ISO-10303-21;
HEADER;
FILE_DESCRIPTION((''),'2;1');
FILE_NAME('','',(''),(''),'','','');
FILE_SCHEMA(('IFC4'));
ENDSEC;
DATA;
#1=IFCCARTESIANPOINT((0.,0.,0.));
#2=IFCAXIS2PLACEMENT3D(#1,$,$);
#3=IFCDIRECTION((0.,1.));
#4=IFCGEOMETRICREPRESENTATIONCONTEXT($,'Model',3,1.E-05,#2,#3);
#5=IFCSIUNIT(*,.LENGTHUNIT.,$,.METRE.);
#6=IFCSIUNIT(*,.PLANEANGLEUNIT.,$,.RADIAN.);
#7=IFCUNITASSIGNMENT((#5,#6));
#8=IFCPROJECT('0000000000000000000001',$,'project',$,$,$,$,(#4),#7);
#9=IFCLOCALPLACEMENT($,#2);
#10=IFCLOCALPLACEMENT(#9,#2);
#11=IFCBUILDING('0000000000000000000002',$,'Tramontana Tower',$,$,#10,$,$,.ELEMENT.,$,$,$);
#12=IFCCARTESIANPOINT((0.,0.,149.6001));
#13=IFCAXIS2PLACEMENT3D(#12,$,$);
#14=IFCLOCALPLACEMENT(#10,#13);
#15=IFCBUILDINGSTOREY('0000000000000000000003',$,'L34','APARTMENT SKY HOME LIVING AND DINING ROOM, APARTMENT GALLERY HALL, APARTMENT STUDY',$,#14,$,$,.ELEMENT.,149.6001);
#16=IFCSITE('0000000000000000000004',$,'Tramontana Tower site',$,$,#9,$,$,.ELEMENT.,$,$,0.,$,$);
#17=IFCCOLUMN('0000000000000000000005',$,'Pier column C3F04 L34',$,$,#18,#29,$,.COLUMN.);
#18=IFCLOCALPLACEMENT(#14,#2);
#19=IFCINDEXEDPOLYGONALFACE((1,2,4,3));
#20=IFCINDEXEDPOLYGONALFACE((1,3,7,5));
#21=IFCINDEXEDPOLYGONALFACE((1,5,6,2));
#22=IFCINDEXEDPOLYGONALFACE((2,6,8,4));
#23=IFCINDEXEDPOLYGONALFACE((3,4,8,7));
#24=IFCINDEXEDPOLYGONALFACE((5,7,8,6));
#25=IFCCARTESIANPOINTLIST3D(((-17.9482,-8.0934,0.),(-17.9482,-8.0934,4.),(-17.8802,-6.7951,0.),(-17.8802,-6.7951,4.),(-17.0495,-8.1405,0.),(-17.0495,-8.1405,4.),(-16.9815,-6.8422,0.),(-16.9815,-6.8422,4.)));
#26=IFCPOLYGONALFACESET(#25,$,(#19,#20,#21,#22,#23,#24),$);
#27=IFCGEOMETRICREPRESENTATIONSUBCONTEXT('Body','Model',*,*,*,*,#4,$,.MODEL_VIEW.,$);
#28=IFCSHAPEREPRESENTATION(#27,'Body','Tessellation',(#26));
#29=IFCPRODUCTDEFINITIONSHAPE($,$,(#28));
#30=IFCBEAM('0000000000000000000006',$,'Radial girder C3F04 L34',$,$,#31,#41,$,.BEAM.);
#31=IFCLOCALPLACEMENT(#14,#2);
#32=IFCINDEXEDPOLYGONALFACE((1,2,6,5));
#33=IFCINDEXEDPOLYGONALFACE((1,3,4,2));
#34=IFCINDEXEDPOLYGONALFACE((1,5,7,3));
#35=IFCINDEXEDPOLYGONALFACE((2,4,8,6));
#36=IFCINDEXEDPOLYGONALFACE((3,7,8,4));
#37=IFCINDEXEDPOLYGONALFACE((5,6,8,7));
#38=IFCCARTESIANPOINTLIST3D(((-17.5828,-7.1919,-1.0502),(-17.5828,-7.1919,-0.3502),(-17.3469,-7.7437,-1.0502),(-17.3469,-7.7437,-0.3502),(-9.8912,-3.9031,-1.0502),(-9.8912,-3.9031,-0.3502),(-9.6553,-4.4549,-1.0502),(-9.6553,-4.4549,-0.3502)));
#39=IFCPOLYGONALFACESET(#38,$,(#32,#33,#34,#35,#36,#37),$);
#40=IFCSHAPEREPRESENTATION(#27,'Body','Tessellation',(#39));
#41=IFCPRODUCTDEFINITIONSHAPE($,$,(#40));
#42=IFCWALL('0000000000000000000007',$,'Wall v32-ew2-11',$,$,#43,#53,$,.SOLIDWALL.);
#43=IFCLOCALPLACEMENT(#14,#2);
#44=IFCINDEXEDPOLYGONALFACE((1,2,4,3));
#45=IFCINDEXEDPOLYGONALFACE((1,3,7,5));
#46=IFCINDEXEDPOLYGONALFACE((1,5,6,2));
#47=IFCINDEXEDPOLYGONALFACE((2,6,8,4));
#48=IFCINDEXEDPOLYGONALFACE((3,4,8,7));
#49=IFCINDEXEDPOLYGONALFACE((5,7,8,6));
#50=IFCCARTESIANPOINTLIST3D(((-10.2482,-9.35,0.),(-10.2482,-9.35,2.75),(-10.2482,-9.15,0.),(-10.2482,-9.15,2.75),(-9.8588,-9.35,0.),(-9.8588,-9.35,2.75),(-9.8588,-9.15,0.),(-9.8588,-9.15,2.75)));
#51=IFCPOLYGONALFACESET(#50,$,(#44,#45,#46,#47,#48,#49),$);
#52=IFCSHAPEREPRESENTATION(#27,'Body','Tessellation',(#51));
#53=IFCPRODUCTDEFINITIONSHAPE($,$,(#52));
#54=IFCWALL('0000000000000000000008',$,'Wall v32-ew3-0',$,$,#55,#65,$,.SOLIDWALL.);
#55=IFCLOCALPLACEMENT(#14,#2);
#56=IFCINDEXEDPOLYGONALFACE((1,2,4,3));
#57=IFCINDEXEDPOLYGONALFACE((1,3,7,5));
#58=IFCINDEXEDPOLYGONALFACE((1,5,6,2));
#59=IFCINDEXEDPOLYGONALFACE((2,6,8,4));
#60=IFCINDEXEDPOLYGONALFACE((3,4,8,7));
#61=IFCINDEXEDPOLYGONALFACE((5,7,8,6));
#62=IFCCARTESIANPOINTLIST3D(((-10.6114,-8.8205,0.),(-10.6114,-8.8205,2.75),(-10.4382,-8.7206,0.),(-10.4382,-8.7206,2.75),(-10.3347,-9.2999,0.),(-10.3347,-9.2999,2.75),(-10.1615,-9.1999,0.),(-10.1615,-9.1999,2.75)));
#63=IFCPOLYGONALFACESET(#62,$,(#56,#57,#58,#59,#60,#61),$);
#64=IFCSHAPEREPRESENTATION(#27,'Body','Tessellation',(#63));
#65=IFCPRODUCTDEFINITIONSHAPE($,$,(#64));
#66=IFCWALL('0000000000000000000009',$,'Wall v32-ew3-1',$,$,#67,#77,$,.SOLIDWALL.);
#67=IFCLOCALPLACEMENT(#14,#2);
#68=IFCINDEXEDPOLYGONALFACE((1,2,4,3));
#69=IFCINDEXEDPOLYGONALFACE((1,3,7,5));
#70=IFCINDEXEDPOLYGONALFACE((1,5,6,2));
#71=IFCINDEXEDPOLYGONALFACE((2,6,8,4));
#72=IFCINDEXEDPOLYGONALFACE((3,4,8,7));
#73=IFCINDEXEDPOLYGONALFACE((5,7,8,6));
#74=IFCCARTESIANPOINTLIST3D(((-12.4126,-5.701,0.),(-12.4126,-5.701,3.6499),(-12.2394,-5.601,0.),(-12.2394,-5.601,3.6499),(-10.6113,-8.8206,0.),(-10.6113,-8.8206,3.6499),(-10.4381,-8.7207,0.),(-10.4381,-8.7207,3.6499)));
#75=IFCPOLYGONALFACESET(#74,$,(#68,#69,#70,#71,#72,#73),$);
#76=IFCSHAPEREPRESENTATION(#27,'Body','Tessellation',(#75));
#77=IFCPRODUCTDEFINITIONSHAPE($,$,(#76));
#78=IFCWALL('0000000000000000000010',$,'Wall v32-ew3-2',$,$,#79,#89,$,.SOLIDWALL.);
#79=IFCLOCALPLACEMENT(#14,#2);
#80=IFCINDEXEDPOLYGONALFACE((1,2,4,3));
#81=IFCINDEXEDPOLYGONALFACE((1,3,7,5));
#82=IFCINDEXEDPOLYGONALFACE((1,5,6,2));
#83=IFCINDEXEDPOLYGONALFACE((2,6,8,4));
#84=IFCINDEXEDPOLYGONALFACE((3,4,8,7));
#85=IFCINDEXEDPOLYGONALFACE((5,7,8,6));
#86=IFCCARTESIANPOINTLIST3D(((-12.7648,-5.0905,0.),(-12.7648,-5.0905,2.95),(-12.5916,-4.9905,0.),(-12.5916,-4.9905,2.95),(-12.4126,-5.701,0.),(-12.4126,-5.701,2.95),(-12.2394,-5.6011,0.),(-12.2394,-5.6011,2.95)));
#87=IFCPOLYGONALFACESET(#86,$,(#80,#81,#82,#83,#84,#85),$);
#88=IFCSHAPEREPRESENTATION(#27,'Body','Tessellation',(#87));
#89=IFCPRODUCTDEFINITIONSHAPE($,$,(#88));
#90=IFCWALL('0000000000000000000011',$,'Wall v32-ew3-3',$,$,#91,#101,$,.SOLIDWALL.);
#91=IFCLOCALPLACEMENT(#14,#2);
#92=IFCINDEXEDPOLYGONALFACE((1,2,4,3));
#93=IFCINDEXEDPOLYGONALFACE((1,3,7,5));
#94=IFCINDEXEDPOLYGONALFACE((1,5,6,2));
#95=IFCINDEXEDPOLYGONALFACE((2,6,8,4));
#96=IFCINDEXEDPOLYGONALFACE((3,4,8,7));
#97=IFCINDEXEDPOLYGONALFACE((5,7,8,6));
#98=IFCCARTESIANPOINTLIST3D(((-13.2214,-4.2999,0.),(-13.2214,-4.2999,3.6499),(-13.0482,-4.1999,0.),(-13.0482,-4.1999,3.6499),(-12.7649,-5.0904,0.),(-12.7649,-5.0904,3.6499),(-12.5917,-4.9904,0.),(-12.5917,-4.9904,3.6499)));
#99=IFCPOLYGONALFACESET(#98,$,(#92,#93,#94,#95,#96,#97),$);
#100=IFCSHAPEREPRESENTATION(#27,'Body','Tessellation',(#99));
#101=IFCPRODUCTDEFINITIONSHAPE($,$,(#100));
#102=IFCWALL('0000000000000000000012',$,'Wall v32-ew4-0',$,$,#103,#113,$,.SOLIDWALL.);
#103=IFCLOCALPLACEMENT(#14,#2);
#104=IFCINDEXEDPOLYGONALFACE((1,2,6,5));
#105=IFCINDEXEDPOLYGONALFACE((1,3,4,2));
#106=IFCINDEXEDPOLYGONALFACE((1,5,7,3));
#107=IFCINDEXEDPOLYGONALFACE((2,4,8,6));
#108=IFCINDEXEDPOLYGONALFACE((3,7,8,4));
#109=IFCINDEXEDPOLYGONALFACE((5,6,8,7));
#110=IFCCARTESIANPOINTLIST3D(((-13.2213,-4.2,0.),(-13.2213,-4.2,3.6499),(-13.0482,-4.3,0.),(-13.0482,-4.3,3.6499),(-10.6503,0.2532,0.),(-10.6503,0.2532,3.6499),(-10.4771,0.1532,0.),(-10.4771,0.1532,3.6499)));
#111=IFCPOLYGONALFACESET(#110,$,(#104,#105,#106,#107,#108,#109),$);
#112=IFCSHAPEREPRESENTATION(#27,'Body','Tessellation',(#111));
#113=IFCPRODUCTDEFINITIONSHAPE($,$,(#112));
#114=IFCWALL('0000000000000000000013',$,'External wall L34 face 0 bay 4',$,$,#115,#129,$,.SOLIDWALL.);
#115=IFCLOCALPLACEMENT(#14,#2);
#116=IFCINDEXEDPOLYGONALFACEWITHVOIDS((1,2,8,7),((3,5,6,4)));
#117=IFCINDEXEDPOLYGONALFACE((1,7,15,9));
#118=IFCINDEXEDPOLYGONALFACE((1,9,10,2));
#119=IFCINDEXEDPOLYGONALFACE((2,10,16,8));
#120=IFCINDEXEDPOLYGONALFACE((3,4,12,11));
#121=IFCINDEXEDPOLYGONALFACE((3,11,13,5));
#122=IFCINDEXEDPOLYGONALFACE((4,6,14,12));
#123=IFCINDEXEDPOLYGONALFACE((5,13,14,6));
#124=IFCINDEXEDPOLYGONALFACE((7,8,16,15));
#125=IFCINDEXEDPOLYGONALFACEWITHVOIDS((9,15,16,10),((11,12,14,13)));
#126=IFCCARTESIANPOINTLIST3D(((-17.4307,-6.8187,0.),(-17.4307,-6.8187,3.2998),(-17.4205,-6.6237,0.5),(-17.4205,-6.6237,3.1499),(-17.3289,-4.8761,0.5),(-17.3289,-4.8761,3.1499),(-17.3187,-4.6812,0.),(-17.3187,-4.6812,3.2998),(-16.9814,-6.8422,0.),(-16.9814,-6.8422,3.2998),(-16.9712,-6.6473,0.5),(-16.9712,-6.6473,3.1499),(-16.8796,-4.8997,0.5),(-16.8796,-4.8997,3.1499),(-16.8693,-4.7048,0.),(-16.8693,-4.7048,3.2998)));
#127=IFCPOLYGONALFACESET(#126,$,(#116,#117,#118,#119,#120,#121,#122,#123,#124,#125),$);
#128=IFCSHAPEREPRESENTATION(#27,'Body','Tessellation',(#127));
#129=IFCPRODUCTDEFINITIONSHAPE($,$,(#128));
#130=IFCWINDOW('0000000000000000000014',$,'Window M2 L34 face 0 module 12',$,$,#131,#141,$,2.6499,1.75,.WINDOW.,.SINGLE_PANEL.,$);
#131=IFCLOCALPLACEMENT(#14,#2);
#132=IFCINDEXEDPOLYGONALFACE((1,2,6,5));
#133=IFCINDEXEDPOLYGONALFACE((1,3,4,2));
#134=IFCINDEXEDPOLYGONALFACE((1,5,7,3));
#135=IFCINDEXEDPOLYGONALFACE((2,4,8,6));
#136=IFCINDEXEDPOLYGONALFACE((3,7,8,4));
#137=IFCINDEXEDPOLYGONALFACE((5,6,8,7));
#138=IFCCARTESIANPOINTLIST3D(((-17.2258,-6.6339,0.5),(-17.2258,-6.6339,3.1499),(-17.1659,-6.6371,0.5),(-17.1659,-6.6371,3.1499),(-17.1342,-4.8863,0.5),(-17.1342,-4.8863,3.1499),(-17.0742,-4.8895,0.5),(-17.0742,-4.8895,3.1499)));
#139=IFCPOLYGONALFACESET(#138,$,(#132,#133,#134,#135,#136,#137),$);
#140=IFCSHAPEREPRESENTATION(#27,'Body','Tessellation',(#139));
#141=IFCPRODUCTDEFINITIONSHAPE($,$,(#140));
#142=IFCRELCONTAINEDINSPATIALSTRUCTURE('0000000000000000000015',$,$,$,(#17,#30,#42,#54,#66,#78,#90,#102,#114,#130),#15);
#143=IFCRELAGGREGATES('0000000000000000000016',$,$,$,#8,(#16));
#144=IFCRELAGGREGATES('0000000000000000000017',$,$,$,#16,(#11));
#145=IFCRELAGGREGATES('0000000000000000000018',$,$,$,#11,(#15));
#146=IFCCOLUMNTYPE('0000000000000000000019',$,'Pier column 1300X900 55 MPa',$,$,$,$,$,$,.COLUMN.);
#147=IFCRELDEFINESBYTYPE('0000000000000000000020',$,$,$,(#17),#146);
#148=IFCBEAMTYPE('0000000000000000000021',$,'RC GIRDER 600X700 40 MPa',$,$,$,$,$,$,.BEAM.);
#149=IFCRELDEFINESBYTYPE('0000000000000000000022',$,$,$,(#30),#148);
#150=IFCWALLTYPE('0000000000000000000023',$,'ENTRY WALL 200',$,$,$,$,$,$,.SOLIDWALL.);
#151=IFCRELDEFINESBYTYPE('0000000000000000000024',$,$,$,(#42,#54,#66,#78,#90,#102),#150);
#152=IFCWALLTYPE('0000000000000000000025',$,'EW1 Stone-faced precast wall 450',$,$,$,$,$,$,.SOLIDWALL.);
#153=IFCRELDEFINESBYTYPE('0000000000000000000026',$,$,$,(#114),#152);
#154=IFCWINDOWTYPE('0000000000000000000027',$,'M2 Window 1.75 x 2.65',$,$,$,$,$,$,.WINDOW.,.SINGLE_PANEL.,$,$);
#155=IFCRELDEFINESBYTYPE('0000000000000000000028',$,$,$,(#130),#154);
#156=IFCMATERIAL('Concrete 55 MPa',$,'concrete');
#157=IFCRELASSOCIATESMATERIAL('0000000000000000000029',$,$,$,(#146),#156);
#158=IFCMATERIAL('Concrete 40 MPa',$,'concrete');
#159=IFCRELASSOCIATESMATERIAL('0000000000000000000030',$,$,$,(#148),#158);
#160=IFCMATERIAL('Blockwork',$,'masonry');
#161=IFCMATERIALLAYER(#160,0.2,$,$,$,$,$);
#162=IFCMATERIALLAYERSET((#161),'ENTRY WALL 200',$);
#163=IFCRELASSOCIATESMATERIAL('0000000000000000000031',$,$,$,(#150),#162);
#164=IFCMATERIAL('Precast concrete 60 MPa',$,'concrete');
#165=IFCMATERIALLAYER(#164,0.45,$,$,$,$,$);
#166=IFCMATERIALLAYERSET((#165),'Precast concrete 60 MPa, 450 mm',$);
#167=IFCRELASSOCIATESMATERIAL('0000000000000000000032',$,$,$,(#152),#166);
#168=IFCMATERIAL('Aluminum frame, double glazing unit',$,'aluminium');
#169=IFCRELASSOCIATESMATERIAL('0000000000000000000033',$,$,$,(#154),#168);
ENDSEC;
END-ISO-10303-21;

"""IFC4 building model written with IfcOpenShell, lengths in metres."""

from ifc_helpers import new_model, si_unit, direction, frame, frame_2d, origin, origin_2d, place, context, subcontext, project, spatial, rectangle, extrude, material, layer, layer_set, material_profile, profile_set, type_object, element, fill, save


model = new_model("IFC4")

# Units and contexts
model_context = context("Model", 3, precision=1e-05, world=origin(), true_north=direction((0.0, 1.0)))
body_context = subcontext(model_context, "Body", "Model", "MODEL_VIEW")
ifc_project = project(units=[si_unit("LENGTHUNIT", "METRE"), si_unit("PLANEANGLEUNIT", "RADIAN")], contexts=[model_context])

# Site, building, storey
site_placement = place(None, origin())
site = spatial("IfcSite", under=ifc_project, at=site_placement, Name="Tramontana Tower site", CompositionType="ELEMENT", RefElevation=0.0)
building_placement = place(site_placement, origin())
building = spatial("IfcBuilding", under=site, at=building_placement, Name="Tramontana Tower", CompositionType="ELEMENT")
storey_placement = place(building_placement, frame((0.0, 0.0, 149.6001)))
storey = spatial("IfcBuildingStorey", under=building, at=storey_placement, Name="L34", Description="APARTMENT SKY HOME LIVING AND DINING ROOM, APARTMENT GALLERY HALL, APARTMENT STUDY", CompositionType="ELEMENT", Elevation=149.6001)

# Column
ifc_material_1 = material(Name="Concrete 55 MPa", Category="concrete")
ifc_material_profile_1 = material_profile(ifc_material_1, rectangle(XDim=1.3, YDim=0.8999, at=origin_2d()), Name="Pier column 1300X900 55 MPa")
ifc_profile_set_1 = profile_set([ifc_material_profile_1], Name="Concrete 55 MPa")
column_type = type_object("IfcColumnType", Name="Pier column 1300X900 55 MPa", PredefinedType="COLUMN", material=ifc_profile_set_1)
column_placement = place(storey_placement, frame((-17.4648, -7.4678, 0.0), z_axis=(0.0, 0.0, 1.0), x_axis=(-0.052336, -0.99863, 0.0)))
element("IfcColumn", 1, at=column_placement, inside=storey, type_object=column_type, Name="Pier column C3F04 L34", PredefinedType="COLUMN", context=body_context, shape_type="SweptSolid", body=[
    extrude(rectangle(XDim=1.3, YDim=0.8999, at=origin_2d()), origin(), (0.0, 0.0, 1.0), 4.0),
])

# Beam
ifc_material_2 = material(Name="Concrete 40 MPa", Category="concrete")
ifc_material_profile_2 = material_profile(ifc_material_2, rectangle(XDim=0.6001, YDim=0.7, at=origin_2d()), Name="RC GIRDER 600X700 40 MPa")
ifc_profile_set_2 = profile_set([ifc_material_profile_2], Name="Concrete 40 MPa")
beam_type = type_object("IfcBeamType", Name="RC GIRDER 600X700 40 MPa", PredefinedType="BEAM", material=ifc_profile_set_2)
beam_placement = place(storey_placement, frame((-17.4648, -7.4678, -0.7002), z_axis=(0.919474, 0.393151, 0.0), x_axis=(-0.393151, 0.919474, 0.0)))
element("IfcBeam", 2, at=beam_placement, inside=storey, type_object=beam_type, Name="Radial girder C3F04 L34", PredefinedType="BEAM", context=body_context, shape_type="SweptSolid", body=[
    extrude(rectangle(XDim=0.6001, YDim=0.7, at=origin_2d()), origin(), (0.0, 0.0, 1.0), 8.3652),
])

# Walls
ifc_material_3 = material(Name="Blockwork", Category="masonry")
ifc_layer_1 = layer(ifc_material_3, 0.2)
ifc_layer_set_1 = layer_set([ifc_layer_1], Name="ENTRY WALL 200")
wall_type_1 = type_object("IfcWallType", Name="ENTRY WALL 200", PredefinedType="SOLIDWALL", material=ifc_layer_set_1)
wall_1_placement = place(storey_placement, frame((-9.8586, -9.25, 0.0), z_axis=(0.0, 0.0, 1.0), x_axis=(-1.0, 0.0, 0.0)))
element("IfcWall", 3, at=wall_1_placement, inside=storey, type_object=wall_type_1, Name="Wall v32-ew2-11", PredefinedType="SOLIDWALL", context=body_context, shape_type="SweptSolid", body=[
    extrude(rectangle(XDim=0.3894, YDim=0.2, at=frame_2d((0.1948, 0.0))), origin(), (0.0, 0.0, 1.0), 2.75),
])
wall_2_placement = place(storey_placement, frame((-10.248, -9.25, 0.0), z_axis=(0.0, 0.0, 1.0), x_axis=(-0.499888, 0.86609, 0.0)))
element("IfcWall", 4, at=wall_2_placement, inside=storey, type_object=wall_type_1, Name="Wall v32-ew3-0", PredefinedType="SOLIDWALL", context=body_context, shape_type="SweptSolid", body=[
    extrude(rectangle(XDim=0.5535, YDim=0.2, at=frame_2d((0.2769, 0.0))), origin(), (0.0, 0.0, 1.0), 2.75),
])
wall_3_placement = place(storey_placement, frame((-10.5247, -8.7708, 0.0), z_axis=(0.0, 0.0, 1.0), x_axis=(-0.500031, 0.866007, 0.0)))
element("IfcWall", 5, at=wall_3_placement, inside=storey, type_object=wall_type_1, Name="Wall v32-ew3-1", PredefinedType="SOLIDWALL", context=body_context, shape_type="SweptSolid", body=[
    extrude(rectangle(XDim=3.6023, YDim=0.2, at=frame_2d((1.8013, 0.0))), origin(), (0.0, 0.0, 1.0), 3.6499),
])
wall_4_placement = place(storey_placement, frame((-12.3259, -5.6511, 0.0), z_axis=(0.0, 0.0, 1.0), x_axis=(-0.499752, 0.866168, 0.0)))
element("IfcWall", 6, at=wall_4_placement, inside=storey, type_object=wall_type_1, Name="Wall v32-ew3-2", PredefinedType="SOLIDWALL", context=body_context, shape_type="SweptSolid", body=[
    extrude(rectangle(XDim=0.7048, YDim=0.2, at=frame_2d((0.3525, 0.0))), origin(), (0.0, 0.0, 1.0), 2.95),
])
wall_5_placement = place(storey_placement, frame((-12.6782, -5.0405, 0.0), z_axis=(0.0, 0.0, 1.0), x_axis=(-0.500108, 0.865963, 0.0)))
element("IfcWall", 7, at=wall_5_placement, inside=storey, type_object=wall_type_1, Name="Wall v32-ew3-3", PredefinedType="SOLIDWALL", context=body_context, shape_type="SweptSolid", body=[
    extrude(rectangle(XDim=0.9128, YDim=0.2, at=frame_2d((0.4565, 0.0))), origin(), (0.0, 0.0, 1.0), 3.6499),
])
wall_6_placement = place(storey_placement, frame((-13.1348, -4.25, 0.0), z_axis=(0.0, 0.0, 1.0), x_axis=(0.500005, 0.866023, 0.0)))
element("IfcWall", 8, at=wall_6_placement, inside=storey, type_object=wall_type_1, Name="Wall v32-ew4-0", PredefinedType="SOLIDWALL", context=body_context, shape_type="SweptSolid", body=[
    extrude(rectangle(XDim=5.1421, YDim=0.2, at=frame_2d((2.571, 0.0))), origin(), (0.0, 0.0, 1.0), 3.6499),
])

# Wall, opening, window
ifc_material_4 = material(Name="Precast concrete 60 MPa", Category="concrete")
ifc_layer_2 = layer(ifc_material_4, 0.45)
ifc_layer_set_2 = layer_set([ifc_layer_2], Name="Precast concrete 60 MPa, 450 mm")
wall_type_2 = type_object("IfcWallType", Name="EW1 Stone-faced precast wall 450", PredefinedType="SOLIDWALL", material=ifc_layer_set_2)
wall_7_placement = place(storey_placement, frame((-17.094, -4.6929, 0.0), z_axis=(0.0, 0.0, 1.0), x_axis=(-0.052355, -0.998629, 0.0)))
wall_7 = element("IfcWall", 9, at=wall_7_placement, inside=storey, type_object=wall_type_2, Name="External wall L34 face 0 bay 4", PredefinedType="SOLIDWALL", context=body_context, shape_type="SweptSolid", body=[
    extrude(rectangle(XDim=2.1404, YDim=0.45, at=frame_2d((1.0703, 0.0))), origin(), (0.0, 0.0, 1.0), 3.2998),
])
opening_1_placement = place(wall_7_placement, frame((0.1953, 0.0, 0.5)))
opening_1 = element("IfcOpeningElement", 10, at=opening_1_placement, cuts=wall_7, PredefinedType="OPENING", context=body_context, shape_type="SweptSolid", body=[
    extrude(rectangle(XDim=1.75, YDim=2.6499, at=frame_2d((0.875, 1.325))), frame((0.0, 0.2349, 0.0), z_axis=(0.0, -1.0, 0.0), x_axis=(1.0, 0.0, 0.0)), (0.0, 0.0, 1.0), 0.47),
])
ifc_material_5 = material(Name="Aluminum frame, double glazing unit", Category="aluminium")
window_type_1 = type_object("IfcWindowType", Name="M2 Window 1.75 x 2.65", PartitioningType="SINGLE_PANEL", PredefinedType="WINDOW", material=ifc_material_5)
window_1_placement = place(opening_1_placement, origin())
window_1 = element("IfcWindow", 11, at=window_1_placement, inside=storey, type_object=window_type_1, Name="Window M2 L34 face 0 module 12", OverallHeight=2.6499, OverallWidth=1.75, PartitioningType="SINGLE_PANEL", PredefinedType="WINDOW", context=body_context, shape_type="SweptSolid", body=[
    extrude(rectangle(XDim=1.75, YDim=2.6499, at=frame_2d((0.875, 1.325))), frame((0.0, 0.03, 0.0), z_axis=(0.0, -1.0, 0.0), x_axis=(1.0, 0.0, 0.0)), (0.0, 0.0, 1.0), 0.0601),
])
fill(opening_1, window_1)

save(model, "model.ifc")
